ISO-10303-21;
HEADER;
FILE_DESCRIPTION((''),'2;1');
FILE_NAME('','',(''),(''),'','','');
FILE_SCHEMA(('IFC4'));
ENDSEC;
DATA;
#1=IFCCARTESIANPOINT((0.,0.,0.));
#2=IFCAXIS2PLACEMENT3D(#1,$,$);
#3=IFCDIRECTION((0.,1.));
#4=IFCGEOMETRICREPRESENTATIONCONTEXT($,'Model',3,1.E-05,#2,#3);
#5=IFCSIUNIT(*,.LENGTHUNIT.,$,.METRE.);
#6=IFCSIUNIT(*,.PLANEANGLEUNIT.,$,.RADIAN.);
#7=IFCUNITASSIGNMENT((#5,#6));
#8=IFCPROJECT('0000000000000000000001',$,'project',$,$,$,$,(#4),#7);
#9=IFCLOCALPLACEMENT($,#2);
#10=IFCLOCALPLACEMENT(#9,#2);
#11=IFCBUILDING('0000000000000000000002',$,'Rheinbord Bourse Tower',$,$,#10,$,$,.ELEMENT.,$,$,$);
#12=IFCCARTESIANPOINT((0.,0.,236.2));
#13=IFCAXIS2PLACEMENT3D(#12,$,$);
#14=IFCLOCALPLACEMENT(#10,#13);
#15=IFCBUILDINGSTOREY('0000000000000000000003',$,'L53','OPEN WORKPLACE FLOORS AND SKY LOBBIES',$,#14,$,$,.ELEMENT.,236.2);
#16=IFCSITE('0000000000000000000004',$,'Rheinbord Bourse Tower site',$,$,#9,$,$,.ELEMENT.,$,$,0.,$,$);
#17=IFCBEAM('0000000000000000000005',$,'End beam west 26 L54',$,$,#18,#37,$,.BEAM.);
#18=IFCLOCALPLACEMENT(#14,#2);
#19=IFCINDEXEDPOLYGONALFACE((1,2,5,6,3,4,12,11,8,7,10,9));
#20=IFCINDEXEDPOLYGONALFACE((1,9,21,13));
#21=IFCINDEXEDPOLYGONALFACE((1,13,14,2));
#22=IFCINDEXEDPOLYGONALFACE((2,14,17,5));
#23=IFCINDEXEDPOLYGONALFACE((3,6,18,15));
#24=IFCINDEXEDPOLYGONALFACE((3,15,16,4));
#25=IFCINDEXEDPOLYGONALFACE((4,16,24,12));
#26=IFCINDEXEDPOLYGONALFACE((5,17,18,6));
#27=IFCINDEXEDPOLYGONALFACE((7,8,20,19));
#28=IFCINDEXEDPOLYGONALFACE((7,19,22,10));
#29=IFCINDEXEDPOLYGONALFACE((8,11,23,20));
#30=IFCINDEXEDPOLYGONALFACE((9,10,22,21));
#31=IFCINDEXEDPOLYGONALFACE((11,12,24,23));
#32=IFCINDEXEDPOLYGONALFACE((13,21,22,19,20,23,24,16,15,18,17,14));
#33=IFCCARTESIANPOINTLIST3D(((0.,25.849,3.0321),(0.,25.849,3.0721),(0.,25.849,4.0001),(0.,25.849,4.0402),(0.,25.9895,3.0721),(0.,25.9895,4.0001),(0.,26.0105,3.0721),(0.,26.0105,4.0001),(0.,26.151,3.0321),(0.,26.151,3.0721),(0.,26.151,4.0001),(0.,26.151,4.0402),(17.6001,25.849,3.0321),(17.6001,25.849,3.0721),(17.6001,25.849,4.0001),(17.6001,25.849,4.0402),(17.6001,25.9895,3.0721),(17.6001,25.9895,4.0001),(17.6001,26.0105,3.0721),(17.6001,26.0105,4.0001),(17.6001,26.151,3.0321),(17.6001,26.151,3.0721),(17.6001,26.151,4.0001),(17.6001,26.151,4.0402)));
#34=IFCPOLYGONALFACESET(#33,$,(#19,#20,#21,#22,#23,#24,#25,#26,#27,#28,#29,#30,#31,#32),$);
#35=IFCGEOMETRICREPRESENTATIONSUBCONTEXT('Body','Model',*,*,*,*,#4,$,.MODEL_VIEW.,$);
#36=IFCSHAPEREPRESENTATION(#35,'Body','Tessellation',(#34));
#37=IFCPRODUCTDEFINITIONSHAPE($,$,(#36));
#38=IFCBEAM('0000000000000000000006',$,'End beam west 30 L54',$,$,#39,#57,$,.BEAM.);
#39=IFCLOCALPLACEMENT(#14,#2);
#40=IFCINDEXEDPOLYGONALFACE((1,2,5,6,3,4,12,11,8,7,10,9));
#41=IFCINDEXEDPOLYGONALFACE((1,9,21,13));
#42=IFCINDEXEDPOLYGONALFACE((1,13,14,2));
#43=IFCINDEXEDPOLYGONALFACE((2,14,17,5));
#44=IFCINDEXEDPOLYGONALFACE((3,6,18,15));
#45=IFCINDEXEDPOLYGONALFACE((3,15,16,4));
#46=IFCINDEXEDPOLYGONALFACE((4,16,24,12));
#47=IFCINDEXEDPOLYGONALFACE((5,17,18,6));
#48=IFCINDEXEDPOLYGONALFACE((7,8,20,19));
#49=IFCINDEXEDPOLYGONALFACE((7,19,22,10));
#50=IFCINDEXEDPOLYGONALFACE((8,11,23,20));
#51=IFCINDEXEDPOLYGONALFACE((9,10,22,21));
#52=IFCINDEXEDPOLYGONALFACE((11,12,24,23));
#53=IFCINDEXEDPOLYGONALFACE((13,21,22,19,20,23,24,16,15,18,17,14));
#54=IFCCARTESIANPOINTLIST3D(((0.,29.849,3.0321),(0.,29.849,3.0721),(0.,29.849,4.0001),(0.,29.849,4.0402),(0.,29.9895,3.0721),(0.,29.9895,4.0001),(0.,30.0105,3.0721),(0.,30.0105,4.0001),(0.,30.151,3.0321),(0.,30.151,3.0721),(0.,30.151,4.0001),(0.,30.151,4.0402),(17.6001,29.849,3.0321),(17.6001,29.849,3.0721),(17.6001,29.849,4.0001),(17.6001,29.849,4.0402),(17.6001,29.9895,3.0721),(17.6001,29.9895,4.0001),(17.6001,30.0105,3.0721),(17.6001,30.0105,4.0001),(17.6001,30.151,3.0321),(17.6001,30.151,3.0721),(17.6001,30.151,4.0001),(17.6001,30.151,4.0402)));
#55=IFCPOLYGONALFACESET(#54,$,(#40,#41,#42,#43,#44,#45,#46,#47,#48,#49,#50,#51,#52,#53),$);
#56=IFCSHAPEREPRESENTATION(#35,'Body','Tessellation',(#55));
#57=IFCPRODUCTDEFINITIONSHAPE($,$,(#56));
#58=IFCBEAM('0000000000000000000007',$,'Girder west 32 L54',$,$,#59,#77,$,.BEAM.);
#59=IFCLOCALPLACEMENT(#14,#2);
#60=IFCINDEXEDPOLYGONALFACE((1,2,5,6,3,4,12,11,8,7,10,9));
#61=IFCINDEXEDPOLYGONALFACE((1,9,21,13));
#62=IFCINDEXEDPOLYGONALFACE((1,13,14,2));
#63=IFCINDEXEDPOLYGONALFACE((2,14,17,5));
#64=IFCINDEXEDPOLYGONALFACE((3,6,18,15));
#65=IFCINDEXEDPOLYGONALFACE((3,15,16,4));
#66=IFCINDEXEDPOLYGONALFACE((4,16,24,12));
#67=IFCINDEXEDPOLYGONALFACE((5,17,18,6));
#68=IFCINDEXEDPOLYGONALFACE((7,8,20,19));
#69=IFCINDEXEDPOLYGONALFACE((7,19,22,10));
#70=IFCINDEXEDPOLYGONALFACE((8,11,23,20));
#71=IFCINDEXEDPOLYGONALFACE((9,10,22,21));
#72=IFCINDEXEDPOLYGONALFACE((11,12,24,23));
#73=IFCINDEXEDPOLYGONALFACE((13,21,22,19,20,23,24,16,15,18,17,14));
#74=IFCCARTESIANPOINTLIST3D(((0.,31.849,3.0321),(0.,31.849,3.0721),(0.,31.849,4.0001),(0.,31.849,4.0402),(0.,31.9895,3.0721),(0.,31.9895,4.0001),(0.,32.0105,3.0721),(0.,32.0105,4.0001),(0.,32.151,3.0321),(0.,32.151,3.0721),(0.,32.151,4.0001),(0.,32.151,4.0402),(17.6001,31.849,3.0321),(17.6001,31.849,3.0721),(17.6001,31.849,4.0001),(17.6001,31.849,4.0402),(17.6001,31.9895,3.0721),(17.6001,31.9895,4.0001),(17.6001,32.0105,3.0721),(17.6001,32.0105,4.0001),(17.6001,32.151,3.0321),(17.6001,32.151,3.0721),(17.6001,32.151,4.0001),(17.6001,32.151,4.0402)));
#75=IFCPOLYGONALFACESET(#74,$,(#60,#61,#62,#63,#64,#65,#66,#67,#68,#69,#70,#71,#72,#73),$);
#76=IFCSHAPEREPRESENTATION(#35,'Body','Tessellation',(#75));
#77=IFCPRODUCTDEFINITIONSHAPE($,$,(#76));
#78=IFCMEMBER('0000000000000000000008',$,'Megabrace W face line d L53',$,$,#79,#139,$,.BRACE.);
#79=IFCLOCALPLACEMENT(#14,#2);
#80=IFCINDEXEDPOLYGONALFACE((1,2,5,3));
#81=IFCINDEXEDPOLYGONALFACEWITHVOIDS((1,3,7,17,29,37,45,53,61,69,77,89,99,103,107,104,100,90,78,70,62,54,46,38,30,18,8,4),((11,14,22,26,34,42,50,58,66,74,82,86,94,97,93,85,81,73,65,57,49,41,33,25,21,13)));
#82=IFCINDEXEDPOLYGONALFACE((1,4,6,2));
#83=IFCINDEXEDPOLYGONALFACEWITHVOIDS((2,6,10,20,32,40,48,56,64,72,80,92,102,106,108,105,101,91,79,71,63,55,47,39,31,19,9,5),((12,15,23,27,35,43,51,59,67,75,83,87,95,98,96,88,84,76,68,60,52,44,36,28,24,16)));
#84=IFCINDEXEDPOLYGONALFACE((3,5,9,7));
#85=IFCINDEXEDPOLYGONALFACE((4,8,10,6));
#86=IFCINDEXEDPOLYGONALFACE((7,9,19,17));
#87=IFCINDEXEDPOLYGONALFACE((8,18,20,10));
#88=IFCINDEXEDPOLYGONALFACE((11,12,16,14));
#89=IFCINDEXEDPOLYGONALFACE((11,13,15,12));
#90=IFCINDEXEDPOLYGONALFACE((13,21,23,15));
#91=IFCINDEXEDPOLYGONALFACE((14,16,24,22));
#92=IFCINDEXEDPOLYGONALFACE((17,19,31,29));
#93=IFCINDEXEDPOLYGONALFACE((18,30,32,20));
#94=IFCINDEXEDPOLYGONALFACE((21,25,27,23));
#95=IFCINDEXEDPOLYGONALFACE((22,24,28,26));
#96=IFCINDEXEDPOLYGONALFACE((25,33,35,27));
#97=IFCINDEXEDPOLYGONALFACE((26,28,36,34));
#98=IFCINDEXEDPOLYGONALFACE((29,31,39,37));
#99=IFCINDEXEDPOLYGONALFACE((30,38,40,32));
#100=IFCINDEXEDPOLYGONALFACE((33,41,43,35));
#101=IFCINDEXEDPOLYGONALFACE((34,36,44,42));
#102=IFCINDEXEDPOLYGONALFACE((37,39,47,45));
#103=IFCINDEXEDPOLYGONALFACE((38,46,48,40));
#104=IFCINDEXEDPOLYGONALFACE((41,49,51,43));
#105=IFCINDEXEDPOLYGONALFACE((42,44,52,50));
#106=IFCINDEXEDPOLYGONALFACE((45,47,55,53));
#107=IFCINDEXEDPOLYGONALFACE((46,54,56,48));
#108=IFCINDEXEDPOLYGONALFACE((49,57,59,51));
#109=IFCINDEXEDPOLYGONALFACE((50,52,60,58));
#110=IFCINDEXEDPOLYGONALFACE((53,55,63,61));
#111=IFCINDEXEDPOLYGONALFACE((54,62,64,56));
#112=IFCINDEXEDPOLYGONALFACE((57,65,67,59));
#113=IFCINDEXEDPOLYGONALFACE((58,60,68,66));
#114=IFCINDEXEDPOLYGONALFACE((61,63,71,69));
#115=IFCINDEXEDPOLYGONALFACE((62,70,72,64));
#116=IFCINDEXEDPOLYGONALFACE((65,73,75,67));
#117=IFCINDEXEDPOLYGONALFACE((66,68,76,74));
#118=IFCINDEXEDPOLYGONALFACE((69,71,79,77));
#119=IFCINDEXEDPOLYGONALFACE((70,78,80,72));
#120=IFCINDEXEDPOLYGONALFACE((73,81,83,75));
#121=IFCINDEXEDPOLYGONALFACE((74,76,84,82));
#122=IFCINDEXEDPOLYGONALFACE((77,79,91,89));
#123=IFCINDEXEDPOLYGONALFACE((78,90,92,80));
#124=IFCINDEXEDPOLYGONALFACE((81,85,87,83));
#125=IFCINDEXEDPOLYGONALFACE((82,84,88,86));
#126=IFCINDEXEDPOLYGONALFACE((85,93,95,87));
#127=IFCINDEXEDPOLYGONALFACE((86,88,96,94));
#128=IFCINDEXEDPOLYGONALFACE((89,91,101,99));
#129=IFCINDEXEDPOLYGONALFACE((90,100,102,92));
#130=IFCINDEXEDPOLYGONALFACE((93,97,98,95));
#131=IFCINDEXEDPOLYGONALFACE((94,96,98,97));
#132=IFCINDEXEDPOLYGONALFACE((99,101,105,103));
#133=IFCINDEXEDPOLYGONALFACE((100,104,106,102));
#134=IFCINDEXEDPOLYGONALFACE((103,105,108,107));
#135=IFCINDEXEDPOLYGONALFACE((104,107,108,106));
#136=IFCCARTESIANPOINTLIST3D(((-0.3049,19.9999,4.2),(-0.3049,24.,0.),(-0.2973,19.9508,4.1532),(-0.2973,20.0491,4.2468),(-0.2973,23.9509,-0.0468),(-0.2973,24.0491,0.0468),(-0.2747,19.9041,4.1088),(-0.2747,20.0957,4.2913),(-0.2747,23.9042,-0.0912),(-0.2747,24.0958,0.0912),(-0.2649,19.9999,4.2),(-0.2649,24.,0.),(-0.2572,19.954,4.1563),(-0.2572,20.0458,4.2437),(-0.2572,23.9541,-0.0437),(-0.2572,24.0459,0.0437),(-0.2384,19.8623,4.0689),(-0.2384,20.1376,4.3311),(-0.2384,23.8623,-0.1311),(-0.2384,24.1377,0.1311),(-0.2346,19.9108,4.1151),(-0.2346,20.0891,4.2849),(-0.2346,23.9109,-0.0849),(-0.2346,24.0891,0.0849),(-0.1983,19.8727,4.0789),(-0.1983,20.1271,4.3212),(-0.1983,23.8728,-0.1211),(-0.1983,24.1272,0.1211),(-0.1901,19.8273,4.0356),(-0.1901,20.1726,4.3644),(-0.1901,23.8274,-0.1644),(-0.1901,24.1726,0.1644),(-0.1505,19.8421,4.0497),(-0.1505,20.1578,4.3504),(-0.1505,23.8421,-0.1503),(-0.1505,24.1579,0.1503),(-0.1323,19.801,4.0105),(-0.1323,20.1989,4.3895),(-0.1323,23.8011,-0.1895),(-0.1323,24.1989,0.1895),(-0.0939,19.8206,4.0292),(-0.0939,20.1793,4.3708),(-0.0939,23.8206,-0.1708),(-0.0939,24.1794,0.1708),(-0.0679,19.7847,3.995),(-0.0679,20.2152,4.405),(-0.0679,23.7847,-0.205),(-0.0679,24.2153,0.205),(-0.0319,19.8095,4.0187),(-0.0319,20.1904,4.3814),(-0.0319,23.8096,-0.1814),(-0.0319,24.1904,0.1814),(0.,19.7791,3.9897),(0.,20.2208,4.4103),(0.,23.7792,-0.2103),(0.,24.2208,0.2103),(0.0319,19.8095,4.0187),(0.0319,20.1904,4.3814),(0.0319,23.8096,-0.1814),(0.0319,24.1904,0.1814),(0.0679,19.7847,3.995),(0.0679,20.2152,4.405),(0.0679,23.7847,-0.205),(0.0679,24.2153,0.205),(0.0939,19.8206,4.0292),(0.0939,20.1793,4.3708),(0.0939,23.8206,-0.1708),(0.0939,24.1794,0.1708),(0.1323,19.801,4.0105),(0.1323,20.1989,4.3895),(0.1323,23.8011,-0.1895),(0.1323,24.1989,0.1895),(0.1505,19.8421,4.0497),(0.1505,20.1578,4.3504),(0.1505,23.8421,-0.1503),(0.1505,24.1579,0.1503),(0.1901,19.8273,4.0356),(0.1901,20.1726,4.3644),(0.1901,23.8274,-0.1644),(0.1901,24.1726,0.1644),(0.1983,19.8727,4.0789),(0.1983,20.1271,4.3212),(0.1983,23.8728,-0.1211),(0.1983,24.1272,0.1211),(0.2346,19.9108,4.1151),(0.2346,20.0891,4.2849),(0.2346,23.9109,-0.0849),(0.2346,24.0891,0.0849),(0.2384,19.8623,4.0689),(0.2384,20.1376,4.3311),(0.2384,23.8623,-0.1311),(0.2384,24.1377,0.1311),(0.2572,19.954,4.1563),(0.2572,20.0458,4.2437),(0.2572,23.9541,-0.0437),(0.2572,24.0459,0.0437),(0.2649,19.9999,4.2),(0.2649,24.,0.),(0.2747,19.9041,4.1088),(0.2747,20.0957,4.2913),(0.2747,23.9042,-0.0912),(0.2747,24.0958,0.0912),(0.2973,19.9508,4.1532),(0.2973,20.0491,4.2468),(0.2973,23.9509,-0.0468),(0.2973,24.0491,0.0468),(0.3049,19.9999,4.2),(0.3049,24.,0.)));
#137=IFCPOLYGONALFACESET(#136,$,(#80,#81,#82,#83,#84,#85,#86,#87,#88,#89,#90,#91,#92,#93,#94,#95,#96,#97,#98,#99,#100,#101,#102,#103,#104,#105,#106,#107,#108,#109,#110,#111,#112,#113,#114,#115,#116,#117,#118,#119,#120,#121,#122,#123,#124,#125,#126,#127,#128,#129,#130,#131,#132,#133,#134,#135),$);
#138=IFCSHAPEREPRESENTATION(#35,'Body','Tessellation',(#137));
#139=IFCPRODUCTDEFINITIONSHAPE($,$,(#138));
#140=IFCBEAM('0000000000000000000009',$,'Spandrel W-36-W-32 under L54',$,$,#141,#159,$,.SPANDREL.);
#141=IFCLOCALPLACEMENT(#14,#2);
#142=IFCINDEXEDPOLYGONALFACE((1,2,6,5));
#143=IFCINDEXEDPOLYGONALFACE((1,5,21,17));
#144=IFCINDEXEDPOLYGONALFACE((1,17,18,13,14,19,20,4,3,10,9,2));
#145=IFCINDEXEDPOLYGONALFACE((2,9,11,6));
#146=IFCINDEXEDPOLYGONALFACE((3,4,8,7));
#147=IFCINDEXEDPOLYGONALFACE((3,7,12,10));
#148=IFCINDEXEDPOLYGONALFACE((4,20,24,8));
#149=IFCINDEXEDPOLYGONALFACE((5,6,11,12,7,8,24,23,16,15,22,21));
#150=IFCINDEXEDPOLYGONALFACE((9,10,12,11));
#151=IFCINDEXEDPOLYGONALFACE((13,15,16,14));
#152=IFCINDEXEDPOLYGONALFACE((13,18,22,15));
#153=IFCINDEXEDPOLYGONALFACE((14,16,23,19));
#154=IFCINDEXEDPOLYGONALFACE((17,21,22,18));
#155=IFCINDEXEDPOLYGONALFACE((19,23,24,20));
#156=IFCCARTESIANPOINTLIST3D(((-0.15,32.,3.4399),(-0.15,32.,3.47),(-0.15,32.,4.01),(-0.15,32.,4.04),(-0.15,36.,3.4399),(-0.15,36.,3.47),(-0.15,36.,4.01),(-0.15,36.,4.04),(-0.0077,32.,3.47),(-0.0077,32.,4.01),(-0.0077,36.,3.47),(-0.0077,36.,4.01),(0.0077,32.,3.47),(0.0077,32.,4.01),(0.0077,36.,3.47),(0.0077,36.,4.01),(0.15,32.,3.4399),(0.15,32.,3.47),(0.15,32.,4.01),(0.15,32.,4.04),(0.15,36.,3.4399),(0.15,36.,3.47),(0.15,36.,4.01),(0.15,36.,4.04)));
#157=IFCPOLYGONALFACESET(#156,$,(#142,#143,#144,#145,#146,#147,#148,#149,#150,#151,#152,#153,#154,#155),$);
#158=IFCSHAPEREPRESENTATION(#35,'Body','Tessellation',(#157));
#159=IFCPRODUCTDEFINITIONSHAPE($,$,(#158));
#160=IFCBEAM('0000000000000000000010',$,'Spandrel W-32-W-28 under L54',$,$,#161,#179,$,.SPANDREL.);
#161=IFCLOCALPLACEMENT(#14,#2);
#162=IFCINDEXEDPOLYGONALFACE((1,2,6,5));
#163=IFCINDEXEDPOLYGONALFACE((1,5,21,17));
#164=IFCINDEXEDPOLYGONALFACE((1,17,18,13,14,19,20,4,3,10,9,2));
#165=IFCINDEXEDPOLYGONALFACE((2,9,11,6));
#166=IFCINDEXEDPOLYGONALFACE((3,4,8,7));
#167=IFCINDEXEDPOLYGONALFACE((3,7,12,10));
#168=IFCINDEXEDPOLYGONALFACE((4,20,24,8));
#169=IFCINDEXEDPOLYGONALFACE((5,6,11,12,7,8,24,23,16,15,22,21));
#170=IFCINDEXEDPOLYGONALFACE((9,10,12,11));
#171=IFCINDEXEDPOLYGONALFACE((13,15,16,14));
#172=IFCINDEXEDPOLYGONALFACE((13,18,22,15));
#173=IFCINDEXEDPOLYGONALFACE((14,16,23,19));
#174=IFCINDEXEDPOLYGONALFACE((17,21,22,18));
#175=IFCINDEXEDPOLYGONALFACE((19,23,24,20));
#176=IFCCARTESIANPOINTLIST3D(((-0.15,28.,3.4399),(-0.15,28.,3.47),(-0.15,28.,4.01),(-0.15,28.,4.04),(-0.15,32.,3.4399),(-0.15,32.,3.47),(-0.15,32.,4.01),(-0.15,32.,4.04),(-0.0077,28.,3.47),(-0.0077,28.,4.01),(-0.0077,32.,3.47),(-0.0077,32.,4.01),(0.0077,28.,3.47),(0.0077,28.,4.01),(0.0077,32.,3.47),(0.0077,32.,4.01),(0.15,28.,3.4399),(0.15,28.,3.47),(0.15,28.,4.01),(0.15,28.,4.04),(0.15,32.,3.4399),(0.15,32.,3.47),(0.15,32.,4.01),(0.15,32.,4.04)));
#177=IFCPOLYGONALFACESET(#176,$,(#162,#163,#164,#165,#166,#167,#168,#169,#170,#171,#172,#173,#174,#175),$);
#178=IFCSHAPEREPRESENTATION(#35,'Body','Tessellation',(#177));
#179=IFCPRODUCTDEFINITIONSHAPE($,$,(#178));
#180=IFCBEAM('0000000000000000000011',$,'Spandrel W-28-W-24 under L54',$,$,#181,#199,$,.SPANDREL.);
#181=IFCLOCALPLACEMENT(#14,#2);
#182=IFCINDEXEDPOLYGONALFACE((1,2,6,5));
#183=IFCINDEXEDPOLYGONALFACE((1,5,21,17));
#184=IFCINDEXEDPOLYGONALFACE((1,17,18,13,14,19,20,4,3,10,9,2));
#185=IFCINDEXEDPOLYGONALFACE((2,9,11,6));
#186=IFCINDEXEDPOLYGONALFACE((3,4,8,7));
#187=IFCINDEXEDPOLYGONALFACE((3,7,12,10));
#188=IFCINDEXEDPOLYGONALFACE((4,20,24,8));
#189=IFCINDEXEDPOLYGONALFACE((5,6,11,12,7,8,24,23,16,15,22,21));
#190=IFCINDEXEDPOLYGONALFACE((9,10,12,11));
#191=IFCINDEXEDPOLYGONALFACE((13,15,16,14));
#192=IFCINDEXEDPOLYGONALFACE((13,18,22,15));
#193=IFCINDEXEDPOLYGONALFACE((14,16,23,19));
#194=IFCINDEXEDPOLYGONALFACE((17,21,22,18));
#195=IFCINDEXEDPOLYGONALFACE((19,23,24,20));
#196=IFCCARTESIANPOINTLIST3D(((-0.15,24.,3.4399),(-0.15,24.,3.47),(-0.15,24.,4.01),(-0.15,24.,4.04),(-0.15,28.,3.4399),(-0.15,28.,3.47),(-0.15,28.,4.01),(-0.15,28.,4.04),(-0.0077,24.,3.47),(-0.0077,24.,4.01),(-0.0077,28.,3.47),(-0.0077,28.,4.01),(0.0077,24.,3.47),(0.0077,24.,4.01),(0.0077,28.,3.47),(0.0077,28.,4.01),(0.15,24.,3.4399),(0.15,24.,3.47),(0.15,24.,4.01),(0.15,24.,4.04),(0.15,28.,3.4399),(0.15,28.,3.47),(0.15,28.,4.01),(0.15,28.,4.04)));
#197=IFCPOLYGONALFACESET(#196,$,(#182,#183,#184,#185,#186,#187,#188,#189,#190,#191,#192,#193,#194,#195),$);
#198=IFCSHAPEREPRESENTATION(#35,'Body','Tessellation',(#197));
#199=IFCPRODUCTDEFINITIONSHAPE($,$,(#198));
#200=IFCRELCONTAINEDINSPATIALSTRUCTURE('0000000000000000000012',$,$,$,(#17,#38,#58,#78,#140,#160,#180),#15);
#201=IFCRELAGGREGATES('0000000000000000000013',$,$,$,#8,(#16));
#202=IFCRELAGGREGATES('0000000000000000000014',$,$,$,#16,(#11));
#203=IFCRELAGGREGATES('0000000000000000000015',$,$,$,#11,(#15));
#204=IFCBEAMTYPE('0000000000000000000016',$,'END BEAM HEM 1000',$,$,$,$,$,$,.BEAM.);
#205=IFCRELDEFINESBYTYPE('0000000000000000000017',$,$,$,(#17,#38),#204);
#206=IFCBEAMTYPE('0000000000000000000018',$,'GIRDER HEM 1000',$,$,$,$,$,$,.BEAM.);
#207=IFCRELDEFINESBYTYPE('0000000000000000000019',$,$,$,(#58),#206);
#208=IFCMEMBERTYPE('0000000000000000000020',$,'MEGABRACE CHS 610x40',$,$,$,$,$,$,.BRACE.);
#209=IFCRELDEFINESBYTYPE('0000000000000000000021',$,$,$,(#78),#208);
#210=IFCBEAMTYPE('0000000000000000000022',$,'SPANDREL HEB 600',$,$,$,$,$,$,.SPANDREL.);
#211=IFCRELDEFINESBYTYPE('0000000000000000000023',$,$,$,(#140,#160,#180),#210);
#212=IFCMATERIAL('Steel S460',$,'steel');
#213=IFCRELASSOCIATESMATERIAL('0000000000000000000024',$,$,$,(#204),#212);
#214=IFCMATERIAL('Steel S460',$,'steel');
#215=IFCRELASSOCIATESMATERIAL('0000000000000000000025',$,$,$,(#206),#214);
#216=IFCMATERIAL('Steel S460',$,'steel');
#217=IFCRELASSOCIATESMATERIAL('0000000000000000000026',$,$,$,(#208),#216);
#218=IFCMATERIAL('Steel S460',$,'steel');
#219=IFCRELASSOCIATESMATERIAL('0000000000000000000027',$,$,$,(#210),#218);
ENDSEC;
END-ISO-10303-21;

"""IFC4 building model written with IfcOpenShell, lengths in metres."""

from ifc_helpers import new_model, si_unit, direction, frame, origin, origin_2d, place, context, subcontext, project, spatial, hollow_circle, i_section, extrude, material, material_profile, profile_set, type_object, element, save


model = new_model("IFC4")

# Units and contexts
model_context = context("Model", 3, precision=1e-05, world=origin(), true_north=direction((0.0, 1.0)))
body_context = subcontext(model_context, "Body", "Model", "MODEL_VIEW")
ifc_project = project(units=[si_unit("LENGTHUNIT", "METRE"), si_unit("PLANEANGLEUNIT", "RADIAN")], contexts=[model_context])

# Site, building, storey
site_placement = place(None, origin())
site = spatial("IfcSite", under=ifc_project, at=site_placement, Name="Rheinbord Bourse Tower site", CompositionType="ELEMENT", RefElevation=0.0)
building_placement = place(site_placement, origin())
building = spatial("IfcBuilding", under=site, at=building_placement, Name="Rheinbord Bourse Tower", CompositionType="ELEMENT")
storey_placement = place(building_placement, frame((0.0, 0.0, 236.2)))
storey = spatial("IfcBuildingStorey", under=building, at=storey_placement, Name="L53", Description="OPEN WORKPLACE FLOORS AND SKY LOBBIES", CompositionType="ELEMENT", Elevation=236.2)

# Beams
ifc_material_1 = material(Name="Steel S460", Category="steel")
ifc_material_profile_1 = material_profile(ifc_material_1, i_section(OverallWidth=0.302, OverallDepth=1.0081, WebThickness=0.021, FlangeThickness=0.04, at=origin_2d()), Name="HEM 1000")
ifc_profile_set_1 = profile_set([ifc_material_profile_1], Name="Steel S460")
beam_type_1 = type_object("IfcBeamType", Name="END BEAM HEM 1000", PredefinedType="BEAM", material=ifc_profile_set_1)
for number, where, z_axis, x_axis, name in (
    (1, (0.0, 26.0, 3.5361), (1.0, 0.0, 0.0), (0.0, 1.0, 0.0), "End beam west 26 L54"),
    (2, (0.0, 30.0, 3.5361), (1.0, 0.0, 0.0), (0.0, 1.0, 0.0), "End beam west 30 L54"),
):
    element("IfcBeam", number, at=place(storey_placement, frame(where, z_axis=z_axis, x_axis=x_axis)), inside=storey, type_object=beam_type_1, Name=name, PredefinedType="BEAM", context=body_context, shape_type="SweptSolid", body=[
        extrude(i_section(OverallWidth=0.302, OverallDepth=1.0081, WebThickness=0.021, FlangeThickness=0.04, at=origin_2d()), origin(), (0.0, 0.0, 1.0), 17.6001),
    ])
ifc_material_2 = material(Name="Steel S460", Category="steel")
ifc_material_profile_2 = material_profile(ifc_material_2, i_section(OverallWidth=0.302, OverallDepth=1.0081, WebThickness=0.021, FlangeThickness=0.04, at=origin_2d()), Name="HEM 1000")
ifc_profile_set_2 = profile_set([ifc_material_profile_2], Name="Steel S460")
beam_type_2 = type_object("IfcBeamType", Name="GIRDER HEM 1000", PredefinedType="BEAM", material=ifc_profile_set_2)
beam_placement = place(storey_placement, frame((0.0, 32.0, 3.5361), z_axis=(1.0, 0.0, 0.0), x_axis=(0.0, 1.0, 0.0)))
element("IfcBeam", 3, at=beam_placement, inside=storey, type_object=beam_type_2, Name="Girder west 32 L54", PredefinedType="BEAM", context=body_context, shape_type="SweptSolid", body=[
    extrude(i_section(OverallWidth=0.302, OverallDepth=1.0081, WebThickness=0.021, FlangeThickness=0.04, at=origin_2d()), origin(), (0.0, 0.0, 1.0), 17.6001),
])

# Member
ifc_material_3 = material(Name="Steel S460", Category="steel")
ifc_material_profile_3 = material_profile(ifc_material_3, hollow_circle(Radius=0.3049, WallThickness=0.04, at=origin_2d()), Name="CHS 610x40")
ifc_profile_set_3 = profile_set([ifc_material_profile_3], Name="Steel S460")
member_type_1 = type_object("IfcMemberType", Name="MEGABRACE CHS 610x40", PredefinedType="BRACE", material=ifc_profile_set_3)
member_1_placement = place(storey_placement, frame((0.0, 24.0, 0.0), z_axis=(0.0, -0.689659, 0.724134), x_axis=(1.0, 0.0, 0.0)))
element("IfcMember", 4, at=member_1_placement, inside=storey, type_object=member_type_1, Name="Megabrace W face line d L53", PredefinedType="BRACE", context=body_context, shape_type="SweptSolid", body=[
    extrude(hollow_circle(Radius=0.3049, WallThickness=0.04, at=origin_2d()), origin(), (0.0, 0.0, 1.0), 5.8),
])

# Beams
ifc_material_4 = material(Name="Steel S460", Category="steel")
ifc_material_profile_4 = material_profile(ifc_material_4, i_section(OverallWidth=0.3, OverallDepth=0.6001, WebThickness=0.0154, FlangeThickness=0.03, at=origin_2d()), Name="HEB 600")
ifc_profile_set_4 = profile_set([ifc_material_profile_4], Name="Steel S460")
beam_type_3 = type_object("IfcBeamType", Name="SPANDREL HEB 600", PredefinedType="SPANDREL", material=ifc_profile_set_4)
for number, where, z_axis, x_axis, name in (
    (5, (0.0, 36.0, 3.74), (0.0, -1.0, 0.0), (1.0, 0.0, 0.0), "Spandrel W-36-W-32 under L54"),
    (6, (0.0, 32.0, 3.74), (0.0, -1.0, 0.0), (1.0, 0.0, 0.0), "Spandrel W-32-W-28 under L54"),
    (7, (0.0, 28.0, 3.74), (0.0, -1.0, 0.0), (1.0, 0.0, 0.0), "Spandrel W-28-W-24 under L54"),
):
    element("IfcBeam", number, at=place(storey_placement, frame(where, z_axis=z_axis, x_axis=x_axis)), inside=storey, type_object=beam_type_3, Name=name, PredefinedType="SPANDREL", context=body_context, shape_type="SweptSolid", body=[
        extrude(i_section(OverallWidth=0.3, OverallDepth=0.6001, WebThickness=0.0154, FlangeThickness=0.03, at=origin_2d()), origin(), (0.0, 0.0, 1.0), 4.0),
    ])

save(model, "model.ifc")
